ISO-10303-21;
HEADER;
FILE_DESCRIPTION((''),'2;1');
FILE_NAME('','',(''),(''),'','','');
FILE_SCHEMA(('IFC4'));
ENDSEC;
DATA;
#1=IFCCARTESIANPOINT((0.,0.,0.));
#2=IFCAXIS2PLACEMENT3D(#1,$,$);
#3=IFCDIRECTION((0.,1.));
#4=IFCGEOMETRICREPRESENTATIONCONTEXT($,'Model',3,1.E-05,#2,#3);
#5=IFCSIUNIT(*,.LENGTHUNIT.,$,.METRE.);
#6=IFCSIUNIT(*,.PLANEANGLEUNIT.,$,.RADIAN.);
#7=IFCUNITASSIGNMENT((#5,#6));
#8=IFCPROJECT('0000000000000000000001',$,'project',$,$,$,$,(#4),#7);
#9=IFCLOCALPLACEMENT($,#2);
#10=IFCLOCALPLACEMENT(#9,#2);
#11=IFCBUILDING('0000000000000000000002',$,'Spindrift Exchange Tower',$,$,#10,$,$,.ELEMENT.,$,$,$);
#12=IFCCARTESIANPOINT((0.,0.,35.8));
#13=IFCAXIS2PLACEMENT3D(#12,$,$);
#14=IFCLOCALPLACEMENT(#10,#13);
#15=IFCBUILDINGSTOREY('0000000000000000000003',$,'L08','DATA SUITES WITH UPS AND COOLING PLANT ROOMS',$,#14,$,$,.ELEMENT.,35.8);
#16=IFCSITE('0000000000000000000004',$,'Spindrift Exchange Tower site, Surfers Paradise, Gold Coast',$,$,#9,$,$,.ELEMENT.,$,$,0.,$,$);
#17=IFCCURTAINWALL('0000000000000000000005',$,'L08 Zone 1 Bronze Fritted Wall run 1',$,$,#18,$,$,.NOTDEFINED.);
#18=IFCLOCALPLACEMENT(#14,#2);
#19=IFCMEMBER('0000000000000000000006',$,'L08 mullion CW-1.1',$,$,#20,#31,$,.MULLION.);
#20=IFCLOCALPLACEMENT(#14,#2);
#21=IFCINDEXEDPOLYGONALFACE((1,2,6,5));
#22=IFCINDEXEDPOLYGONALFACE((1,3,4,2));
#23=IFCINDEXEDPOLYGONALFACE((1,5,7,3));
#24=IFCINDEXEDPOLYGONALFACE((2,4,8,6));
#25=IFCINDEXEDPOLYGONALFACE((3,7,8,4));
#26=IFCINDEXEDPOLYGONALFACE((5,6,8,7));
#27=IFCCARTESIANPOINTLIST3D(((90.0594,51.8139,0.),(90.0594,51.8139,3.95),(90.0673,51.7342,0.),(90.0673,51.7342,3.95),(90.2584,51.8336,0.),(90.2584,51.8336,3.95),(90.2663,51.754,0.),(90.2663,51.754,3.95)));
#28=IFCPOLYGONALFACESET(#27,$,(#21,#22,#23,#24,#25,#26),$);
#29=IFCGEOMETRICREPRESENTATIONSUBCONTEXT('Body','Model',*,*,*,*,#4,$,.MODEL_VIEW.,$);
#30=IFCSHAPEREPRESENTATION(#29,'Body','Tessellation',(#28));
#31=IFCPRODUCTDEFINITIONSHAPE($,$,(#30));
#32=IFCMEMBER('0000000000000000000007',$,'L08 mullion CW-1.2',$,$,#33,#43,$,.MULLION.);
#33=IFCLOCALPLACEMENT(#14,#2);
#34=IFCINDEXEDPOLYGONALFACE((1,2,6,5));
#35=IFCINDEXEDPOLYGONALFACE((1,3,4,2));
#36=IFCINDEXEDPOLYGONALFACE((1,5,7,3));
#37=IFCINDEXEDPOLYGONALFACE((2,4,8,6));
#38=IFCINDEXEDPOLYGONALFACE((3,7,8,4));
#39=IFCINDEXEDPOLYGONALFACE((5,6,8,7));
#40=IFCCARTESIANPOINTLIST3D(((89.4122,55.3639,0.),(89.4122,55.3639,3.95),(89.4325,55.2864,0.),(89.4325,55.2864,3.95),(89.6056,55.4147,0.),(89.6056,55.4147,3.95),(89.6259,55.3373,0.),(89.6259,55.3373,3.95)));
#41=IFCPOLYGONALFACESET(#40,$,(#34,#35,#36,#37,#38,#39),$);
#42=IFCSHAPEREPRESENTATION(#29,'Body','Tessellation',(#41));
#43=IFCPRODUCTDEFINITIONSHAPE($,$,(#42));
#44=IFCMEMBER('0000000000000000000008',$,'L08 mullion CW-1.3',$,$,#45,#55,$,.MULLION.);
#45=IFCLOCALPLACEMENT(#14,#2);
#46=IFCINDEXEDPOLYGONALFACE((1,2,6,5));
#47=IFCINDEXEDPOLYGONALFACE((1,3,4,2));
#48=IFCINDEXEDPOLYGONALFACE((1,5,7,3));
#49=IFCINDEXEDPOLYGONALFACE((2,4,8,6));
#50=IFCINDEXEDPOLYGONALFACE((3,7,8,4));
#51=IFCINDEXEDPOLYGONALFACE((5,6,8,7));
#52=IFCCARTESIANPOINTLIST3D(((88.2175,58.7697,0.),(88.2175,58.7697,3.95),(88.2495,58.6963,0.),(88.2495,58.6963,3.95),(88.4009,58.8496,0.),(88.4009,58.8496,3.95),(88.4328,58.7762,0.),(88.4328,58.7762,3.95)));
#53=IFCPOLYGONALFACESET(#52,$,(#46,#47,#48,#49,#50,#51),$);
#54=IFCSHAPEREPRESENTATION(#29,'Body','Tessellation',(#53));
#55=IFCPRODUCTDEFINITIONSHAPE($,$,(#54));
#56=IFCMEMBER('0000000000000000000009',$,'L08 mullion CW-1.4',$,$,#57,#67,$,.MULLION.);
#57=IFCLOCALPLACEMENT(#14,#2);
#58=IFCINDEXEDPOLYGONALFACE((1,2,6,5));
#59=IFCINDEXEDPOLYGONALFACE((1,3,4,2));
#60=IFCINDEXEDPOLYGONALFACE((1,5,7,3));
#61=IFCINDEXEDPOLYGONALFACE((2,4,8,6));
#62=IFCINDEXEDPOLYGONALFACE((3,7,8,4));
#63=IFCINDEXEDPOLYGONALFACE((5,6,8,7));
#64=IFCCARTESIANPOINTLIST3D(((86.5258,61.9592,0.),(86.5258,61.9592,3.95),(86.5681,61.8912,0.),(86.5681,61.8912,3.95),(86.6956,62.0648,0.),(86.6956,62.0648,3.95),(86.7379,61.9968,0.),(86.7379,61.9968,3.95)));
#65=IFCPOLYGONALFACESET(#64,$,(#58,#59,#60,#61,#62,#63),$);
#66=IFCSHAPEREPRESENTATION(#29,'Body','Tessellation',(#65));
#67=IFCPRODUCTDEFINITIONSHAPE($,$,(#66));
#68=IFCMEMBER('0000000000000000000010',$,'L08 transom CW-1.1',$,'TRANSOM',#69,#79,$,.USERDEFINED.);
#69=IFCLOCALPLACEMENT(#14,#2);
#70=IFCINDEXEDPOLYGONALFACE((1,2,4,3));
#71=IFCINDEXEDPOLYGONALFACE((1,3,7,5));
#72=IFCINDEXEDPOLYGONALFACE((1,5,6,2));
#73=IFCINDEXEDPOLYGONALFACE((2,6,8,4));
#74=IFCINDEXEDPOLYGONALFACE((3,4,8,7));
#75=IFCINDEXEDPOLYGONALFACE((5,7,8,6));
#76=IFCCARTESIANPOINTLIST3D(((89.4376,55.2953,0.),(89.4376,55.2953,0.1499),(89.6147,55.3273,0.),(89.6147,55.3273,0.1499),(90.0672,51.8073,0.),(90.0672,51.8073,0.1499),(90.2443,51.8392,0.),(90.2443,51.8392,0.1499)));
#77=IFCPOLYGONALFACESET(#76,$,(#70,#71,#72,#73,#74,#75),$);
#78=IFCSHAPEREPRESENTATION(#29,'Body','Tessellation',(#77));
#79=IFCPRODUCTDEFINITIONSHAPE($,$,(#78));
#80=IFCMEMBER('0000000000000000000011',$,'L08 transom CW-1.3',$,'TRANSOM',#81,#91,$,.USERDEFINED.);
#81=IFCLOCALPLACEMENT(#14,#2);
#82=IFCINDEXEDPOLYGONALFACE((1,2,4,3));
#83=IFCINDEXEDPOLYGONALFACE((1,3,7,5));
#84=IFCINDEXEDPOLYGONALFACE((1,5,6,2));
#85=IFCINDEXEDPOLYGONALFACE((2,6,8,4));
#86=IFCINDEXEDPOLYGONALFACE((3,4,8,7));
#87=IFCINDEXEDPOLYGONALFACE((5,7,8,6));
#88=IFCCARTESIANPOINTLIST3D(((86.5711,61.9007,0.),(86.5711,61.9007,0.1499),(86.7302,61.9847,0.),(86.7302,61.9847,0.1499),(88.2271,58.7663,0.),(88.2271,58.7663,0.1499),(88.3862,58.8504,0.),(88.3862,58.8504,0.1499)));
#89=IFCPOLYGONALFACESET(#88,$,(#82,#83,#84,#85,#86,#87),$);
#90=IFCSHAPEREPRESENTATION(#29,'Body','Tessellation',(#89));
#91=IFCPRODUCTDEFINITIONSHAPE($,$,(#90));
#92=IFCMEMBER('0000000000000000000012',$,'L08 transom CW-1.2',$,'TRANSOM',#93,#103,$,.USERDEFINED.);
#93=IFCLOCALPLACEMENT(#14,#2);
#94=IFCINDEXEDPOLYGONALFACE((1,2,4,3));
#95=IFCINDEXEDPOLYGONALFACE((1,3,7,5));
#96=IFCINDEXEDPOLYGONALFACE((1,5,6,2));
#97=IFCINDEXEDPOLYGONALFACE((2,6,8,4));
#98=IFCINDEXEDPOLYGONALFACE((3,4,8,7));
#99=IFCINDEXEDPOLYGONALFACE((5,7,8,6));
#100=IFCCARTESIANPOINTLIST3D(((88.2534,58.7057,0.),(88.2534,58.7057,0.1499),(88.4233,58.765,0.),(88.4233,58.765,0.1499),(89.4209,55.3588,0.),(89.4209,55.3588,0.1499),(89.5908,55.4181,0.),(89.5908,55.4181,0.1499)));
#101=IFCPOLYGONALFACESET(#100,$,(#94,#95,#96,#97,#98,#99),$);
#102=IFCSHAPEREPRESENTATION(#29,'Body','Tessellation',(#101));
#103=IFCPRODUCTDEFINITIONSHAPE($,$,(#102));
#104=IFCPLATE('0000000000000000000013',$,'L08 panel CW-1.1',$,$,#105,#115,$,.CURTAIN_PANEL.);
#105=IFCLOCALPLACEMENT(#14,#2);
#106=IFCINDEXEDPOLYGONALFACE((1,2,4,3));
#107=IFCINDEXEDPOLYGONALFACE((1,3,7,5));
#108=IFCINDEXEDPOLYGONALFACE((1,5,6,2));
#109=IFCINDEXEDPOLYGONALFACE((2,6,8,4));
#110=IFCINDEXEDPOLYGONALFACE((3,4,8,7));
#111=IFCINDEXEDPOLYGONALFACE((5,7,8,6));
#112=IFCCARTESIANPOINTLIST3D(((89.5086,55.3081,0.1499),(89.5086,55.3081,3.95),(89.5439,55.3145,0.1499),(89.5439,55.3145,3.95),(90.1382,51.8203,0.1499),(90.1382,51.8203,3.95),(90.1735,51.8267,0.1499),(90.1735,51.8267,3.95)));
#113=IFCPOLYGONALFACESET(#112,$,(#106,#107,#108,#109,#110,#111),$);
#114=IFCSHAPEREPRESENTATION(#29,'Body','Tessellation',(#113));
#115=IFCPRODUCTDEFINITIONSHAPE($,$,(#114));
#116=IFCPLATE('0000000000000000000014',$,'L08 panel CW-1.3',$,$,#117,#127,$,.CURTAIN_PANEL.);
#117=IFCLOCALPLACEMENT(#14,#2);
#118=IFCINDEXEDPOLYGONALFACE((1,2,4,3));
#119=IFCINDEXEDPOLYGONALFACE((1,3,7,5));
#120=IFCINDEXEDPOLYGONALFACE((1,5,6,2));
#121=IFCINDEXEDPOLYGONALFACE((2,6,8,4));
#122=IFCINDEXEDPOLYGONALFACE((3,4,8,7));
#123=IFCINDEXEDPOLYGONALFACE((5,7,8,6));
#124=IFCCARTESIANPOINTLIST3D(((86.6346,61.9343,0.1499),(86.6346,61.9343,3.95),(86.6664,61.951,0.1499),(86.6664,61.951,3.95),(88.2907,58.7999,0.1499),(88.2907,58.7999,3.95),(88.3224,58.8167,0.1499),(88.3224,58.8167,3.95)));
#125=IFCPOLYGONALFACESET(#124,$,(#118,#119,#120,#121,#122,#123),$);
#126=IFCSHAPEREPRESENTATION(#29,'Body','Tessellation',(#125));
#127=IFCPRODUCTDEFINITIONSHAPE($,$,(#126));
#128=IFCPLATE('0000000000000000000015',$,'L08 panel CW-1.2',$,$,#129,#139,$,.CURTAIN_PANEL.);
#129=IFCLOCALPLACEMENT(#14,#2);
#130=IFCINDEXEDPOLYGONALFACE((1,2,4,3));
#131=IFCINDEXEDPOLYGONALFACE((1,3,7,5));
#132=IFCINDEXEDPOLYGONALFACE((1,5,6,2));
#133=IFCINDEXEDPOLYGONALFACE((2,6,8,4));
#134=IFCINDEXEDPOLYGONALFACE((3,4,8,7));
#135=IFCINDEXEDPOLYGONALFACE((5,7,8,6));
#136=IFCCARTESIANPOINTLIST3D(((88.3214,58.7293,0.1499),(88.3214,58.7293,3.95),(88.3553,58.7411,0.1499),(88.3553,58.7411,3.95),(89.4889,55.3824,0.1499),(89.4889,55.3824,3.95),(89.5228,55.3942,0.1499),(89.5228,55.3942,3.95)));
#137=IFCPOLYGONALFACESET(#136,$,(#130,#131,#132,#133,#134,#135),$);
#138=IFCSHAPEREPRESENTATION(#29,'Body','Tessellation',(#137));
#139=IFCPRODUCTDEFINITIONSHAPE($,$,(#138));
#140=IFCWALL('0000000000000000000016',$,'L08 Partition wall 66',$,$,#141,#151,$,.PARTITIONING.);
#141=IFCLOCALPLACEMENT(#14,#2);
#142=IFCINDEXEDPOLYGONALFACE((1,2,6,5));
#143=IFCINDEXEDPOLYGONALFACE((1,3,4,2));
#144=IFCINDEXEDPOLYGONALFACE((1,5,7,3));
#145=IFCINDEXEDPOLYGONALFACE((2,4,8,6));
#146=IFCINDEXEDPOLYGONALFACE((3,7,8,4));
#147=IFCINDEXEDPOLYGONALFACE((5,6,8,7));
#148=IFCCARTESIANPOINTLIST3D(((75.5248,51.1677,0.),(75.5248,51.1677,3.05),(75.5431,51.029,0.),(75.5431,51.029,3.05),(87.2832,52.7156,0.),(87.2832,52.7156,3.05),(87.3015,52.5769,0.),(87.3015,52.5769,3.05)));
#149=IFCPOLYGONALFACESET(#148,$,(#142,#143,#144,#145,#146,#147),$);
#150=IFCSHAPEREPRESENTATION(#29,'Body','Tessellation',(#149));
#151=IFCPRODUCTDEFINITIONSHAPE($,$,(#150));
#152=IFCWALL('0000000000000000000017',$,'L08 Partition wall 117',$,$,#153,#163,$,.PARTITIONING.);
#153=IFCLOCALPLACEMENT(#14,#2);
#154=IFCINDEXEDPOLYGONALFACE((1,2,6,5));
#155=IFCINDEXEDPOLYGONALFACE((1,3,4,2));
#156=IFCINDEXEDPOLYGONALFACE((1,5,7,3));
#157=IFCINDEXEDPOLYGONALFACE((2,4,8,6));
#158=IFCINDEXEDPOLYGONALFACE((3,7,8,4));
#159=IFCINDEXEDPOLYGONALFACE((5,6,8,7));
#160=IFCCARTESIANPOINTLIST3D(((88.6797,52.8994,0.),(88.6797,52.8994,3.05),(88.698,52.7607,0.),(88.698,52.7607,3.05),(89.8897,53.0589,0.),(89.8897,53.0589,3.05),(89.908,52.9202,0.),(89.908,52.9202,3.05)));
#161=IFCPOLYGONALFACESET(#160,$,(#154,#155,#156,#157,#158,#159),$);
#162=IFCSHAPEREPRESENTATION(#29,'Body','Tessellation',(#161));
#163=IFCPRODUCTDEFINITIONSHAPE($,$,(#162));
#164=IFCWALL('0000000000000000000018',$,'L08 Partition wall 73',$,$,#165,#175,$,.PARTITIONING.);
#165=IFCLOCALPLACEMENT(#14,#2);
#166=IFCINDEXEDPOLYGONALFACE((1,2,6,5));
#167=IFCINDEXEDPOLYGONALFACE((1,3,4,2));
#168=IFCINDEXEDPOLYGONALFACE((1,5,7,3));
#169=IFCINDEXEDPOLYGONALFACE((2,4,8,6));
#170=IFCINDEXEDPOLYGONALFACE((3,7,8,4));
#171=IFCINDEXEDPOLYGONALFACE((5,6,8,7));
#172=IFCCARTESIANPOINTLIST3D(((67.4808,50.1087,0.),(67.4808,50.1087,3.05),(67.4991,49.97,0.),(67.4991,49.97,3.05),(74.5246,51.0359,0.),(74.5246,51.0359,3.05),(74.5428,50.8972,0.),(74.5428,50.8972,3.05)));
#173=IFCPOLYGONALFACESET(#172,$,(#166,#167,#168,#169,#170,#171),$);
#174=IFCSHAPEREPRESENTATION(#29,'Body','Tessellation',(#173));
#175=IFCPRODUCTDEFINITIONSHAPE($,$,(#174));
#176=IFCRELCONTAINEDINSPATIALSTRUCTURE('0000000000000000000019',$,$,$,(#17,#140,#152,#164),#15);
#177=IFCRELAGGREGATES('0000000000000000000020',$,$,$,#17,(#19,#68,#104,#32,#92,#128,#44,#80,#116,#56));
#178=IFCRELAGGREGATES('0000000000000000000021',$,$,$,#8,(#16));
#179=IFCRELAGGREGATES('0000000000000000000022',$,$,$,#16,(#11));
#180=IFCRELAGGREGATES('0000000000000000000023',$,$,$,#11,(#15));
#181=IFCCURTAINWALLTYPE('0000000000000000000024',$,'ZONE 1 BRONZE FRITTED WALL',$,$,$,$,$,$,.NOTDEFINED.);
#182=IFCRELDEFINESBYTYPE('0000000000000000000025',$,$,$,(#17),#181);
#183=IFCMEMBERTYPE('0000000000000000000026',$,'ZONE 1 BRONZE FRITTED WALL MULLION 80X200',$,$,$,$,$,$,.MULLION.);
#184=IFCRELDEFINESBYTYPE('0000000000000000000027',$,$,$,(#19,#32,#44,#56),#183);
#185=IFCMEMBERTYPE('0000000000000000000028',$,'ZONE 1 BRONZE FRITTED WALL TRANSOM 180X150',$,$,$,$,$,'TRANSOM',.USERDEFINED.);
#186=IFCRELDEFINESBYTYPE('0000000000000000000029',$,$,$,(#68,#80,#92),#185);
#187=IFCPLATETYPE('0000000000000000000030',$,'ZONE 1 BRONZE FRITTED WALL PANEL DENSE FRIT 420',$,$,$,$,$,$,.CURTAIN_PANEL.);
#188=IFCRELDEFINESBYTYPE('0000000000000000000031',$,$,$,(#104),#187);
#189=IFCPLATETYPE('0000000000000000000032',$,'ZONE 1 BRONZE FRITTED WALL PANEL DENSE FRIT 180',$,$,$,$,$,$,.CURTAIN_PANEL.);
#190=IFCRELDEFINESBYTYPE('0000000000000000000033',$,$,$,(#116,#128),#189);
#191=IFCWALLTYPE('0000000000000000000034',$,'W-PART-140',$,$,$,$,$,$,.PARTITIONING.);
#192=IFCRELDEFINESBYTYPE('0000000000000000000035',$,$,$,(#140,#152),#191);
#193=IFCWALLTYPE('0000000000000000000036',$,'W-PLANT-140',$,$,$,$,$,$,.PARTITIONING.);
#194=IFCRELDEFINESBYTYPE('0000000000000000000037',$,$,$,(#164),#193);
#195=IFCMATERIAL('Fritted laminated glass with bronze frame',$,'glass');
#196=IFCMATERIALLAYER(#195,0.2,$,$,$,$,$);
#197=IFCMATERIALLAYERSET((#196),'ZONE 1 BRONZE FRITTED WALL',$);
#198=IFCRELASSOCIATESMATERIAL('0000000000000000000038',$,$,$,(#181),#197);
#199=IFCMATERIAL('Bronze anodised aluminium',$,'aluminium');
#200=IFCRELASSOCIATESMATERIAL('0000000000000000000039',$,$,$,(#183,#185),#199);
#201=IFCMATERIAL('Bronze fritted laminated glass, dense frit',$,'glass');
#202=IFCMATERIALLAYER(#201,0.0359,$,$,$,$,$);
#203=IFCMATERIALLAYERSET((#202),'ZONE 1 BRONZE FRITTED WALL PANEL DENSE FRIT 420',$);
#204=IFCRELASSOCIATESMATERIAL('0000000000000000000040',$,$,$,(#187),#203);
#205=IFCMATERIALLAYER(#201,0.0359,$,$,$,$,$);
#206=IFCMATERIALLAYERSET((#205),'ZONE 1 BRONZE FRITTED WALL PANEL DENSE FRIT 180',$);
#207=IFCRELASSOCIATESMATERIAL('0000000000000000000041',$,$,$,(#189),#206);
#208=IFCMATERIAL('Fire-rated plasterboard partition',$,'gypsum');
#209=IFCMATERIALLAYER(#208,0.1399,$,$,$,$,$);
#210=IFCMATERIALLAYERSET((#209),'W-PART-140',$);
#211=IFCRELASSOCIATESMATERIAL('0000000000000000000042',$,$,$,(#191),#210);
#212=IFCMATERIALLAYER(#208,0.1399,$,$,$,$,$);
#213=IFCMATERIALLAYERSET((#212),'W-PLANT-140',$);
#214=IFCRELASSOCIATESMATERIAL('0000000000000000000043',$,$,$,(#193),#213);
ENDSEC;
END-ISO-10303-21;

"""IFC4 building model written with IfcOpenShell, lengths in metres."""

from ifc_helpers import new_model, si_unit, direction, frame, frame_2d, origin, origin_2d, place, context, subcontext, project, spatial, rectangle, extrude, source, transform, mapped, material, layer, layer_set, material_profile, profile_set, type_object, element, aggregate, save


model = new_model("IFC4")

# Units and contexts
model_context = context("Model", 3, precision=1e-05, world=origin(), true_north=direction((0.0, 1.0)))
body_context = subcontext(model_context, "Body", "Model", "MODEL_VIEW")
ifc_project = project(units=[si_unit("LENGTHUNIT", "METRE"), si_unit("PLANEANGLEUNIT", "RADIAN")], contexts=[model_context])

# Site, building, storey
site_placement = place(None, origin())
site = spatial("IfcSite", under=ifc_project, at=site_placement, Name="Spindrift Exchange Tower site, Surfers Paradise, Gold Coast", CompositionType="ELEMENT", RefElevation=0.0)
building_placement = place(site_placement, origin())
building = spatial("IfcBuilding", under=site, at=building_placement, Name="Spindrift Exchange Tower", CompositionType="ELEMENT")
storey_placement = place(building_placement, frame((0.0, 0.0, 35.8)))
storey = spatial("IfcBuildingStorey", under=building, at=storey_placement, Name="L08", Description="DATA SUITES WITH UPS AND COOLING PLANT ROOMS", CompositionType="ELEMENT", Elevation=35.8)

# Curtain wall, members, plates
ifc_material_1 = material(Name="Fritted laminated glass with bronze frame", Category="glass")
ifc_layer_1 = layer(ifc_material_1, 0.2)
ifc_layer_set_1 = layer_set([ifc_layer_1], Name="ZONE 1 BRONZE FRITTED WALL")
curtain_wall_type = type_object("IfcCurtainWallType", Name="ZONE 1 BRONZE FRITTED WALL", PredefinedType="NOTDEFINED", material=ifc_layer_set_1)
curtain_wall_placement = place(storey_placement, origin())
curtain_wall = element("IfcCurtainWall", 1, at=curtain_wall_placement, inside=storey, type_object=curtain_wall_type, Name="L08 Zone 1 Bronze Fritted Wall run 1", PredefinedType="NOTDEFINED")
ifc_material_2 = material(Name="Bronze anodised aluminium", Category="aluminium")
ifc_material_profile_1 = material_profile(ifc_material_2, rectangle(XDim=0.0801, YDim=0.2, at=origin_2d()), Name="ZONE 1 BRONZE FRITTED WALL MULLION 80X200")
ifc_profile_set_1 = profile_set([ifc_material_profile_1], Name="Bronze anodised aluminium")
member_type_1 = type_object("IfcMemberType", Name="ZONE 1 BRONZE FRITTED WALL MULLION 80X200", PredefinedType="MULLION", material=ifc_profile_set_1)
shared_shape_1 = source(origin(), body_context, "Body", "SweptSolid", [
    extrude(rectangle(XDim=0.0801, YDim=0.2, at=origin_2d()), origin(), (0.0, 0.0, 1.0), 3.95),
])
member_1_placement = place(storey_placement, frame((90.1628, 51.7839, 0.0), z_axis=(0.0, 0.0, 1.0), x_axis=(-0.098676, 0.99512, 0.0)))
member_1 = element("IfcMember", 2, at=member_1_placement, type_object=member_type_1, Name="L08 mullion CW-1.1", PredefinedType="MULLION", context=body_context, shape_type="MappedRepresentation", body=[
    mapped(shared_shape_1, transform((0.0, 0.0, 0.0), scale=1.0)),
])
member_2_placement = place(storey_placement, frame((89.519, 55.3506, 0.0), z_axis=(0.0, 0.0, 1.0), x_axis=(-0.254278, 0.967131, 0.0)))
member_2 = element("IfcMember", 3, at=member_2_placement, type_object=member_type_1, Name="L08 mullion CW-1.2", PredefinedType="MULLION", context=body_context, shape_type="MappedRepresentation", body=[
    mapped(shared_shape_1, transform((0.0, 0.0, 0.0), scale=1.0)),
])
member_3_placement = place(storey_placement, frame((88.3252, 58.7729, 0.0), z_axis=(0.0, 0.0, 1.0), x_axis=(-0.399384, 0.916784, 0.0)))
member_3 = element("IfcMember", 4, at=member_3_placement, type_object=member_type_1, Name="L08 mullion CW-1.3", PredefinedType="MULLION", context=body_context, shape_type="MappedRepresentation", body=[
    mapped(shared_shape_1, transform((0.0, 0.0, 0.0), scale=1.0)),
])
member_4_placement = place(storey_placement, frame((86.6318, 61.978, 0.0), z_axis=(0.0, 0.0, 1.0), x_axis=(-0.528241, 0.849094, 0.0)))
member_4 = element("IfcMember", 5, at=member_4_placement, type_object=member_type_1, Name="L08 mullion CW-1.4", PredefinedType="MULLION", context=body_context, shape_type="MappedRepresentation", body=[
    mapped(shared_shape_1, transform((0.0, 0.0, 0.0), scale=1.0)),
])
ifc_material_profile_2 = material_profile(ifc_material_2, rectangle(XDim=0.1799, YDim=0.1499, at=origin_2d()), Name="ZONE 1 BRONZE FRITTED WALL TRANSOM 180X150")
ifc_profile_set_2 = profile_set([ifc_material_profile_2], Name="Bronze anodised aluminium")
member_type_2 = type_object("IfcMemberType", Name="ZONE 1 BRONZE FRITTED WALL TRANSOM 180X150", ElementType="TRANSOM", PredefinedType="USERDEFINED", material=ifc_profile_set_2)
shared_shape_2 = source(origin(), body_context, "Body", "SweptSolid", [
    extrude(rectangle(XDim=0.1799, YDim=0.1499, at=origin_2d()), origin(), (0.0, 0.0, 1.0), 3.5444),
])
member_5_placement = place(storey_placement, frame((90.1558, 51.8232, 0.075), z_axis=(-0.177643, 0.984095, 0.0), x_axis=(-0.984095, -0.177643, 0.0)))
member_5 = element("IfcMember", 6, at=member_5_placement, type_object=member_type_2, Name="L08 transom CW-1.1", ObjectType="TRANSOM", PredefinedType="USERDEFINED", context=body_context, shape_type="MappedRepresentation", body=[
    mapped(shared_shape_2, transform((0.0, 0.0, 0.0), scale=1.0)),
])
shared_shape_3 = source(origin(), body_context, "Body", "SweptSolid", [
    extrude(rectangle(XDim=0.1799, YDim=0.1499, at=origin_2d()), origin(), (0.0, 0.0, 1.0), 3.5449),
])
member_6_placement = place(storey_placement, frame((88.3066, 58.8083, 0.075), z_axis=(-0.467157, 0.884175, 0.0), x_axis=(-0.884175, -0.467157, 0.0)))
member_6 = element("IfcMember", 7, at=member_6_placement, type_object=member_type_2, Name="L08 transom CW-1.3", ObjectType="TRANSOM", PredefinedType="USERDEFINED", context=body_context, shape_type="MappedRepresentation", body=[
    mapped(shared_shape_3, transform((0.0, 0.0, 0.0), scale=1.0)),
])
shared_shape_4 = source(origin(), body_context, "Body", "SweptSolid", [
    extrude(rectangle(XDim=0.1799, YDim=0.1499, at=origin_2d()), origin(), (0.0, 0.0, 1.0), 3.5447),
])
member_7_placement = place(storey_placement, frame((89.5059, 55.3884, 0.075), z_axis=(-0.329359, 0.944205, 0.0), x_axis=(-0.944205, -0.329359, 0.0)))
member_7 = element("IfcMember", 8, at=member_7_placement, type_object=member_type_2, Name="L08 transom CW-1.2", ObjectType="TRANSOM", PredefinedType="USERDEFINED", context=body_context, shape_type="MappedRepresentation", body=[
    mapped(shared_shape_4, transform((0.0, 0.0, 0.0), scale=1.0)),
])
ifc_material_3 = material(Name="Bronze fritted laminated glass, dense frit", Category="glass")
ifc_layer_2 = layer(ifc_material_3, 0.0359)
ifc_layer_set_2 = layer_set([ifc_layer_2], Name="ZONE 1 BRONZE FRITTED WALL PANEL DENSE FRIT 420")
plate_type_1 = type_object("IfcPlateType", Name="ZONE 1 BRONZE FRITTED WALL PANEL DENSE FRIT 420", PredefinedType="CURTAIN_PANEL", material=ifc_layer_set_2)
shared_shape_5 = source(origin(), body_context, "Body", "SweptSolid", [
    extrude(rectangle(XDim=3.5442, YDim=0.0359, at=origin_2d()), origin(), (0.0, 0.0, 1.0), 3.8),
])
plate_1_placement = place(storey_placement, frame((89.8411, 53.5674, 0.1499), z_axis=(0.0, 0.0, 1.0), x_axis=(-0.177633, 0.984097, 0.0)))
plate_1 = element("IfcPlate", 9, at=plate_1_placement, type_object=plate_type_1, Name="L08 panel CW-1.1", PredefinedType="CURTAIN_PANEL", context=body_context, shape_type="MappedRepresentation", body=[
    mapped(shared_shape_5, transform((0.0, 0.0, 0.0), scale=1.0)),
])
ifc_layer_3 = layer(ifc_material_3, 0.0359)
ifc_layer_set_3 = layer_set([ifc_layer_3], Name="ZONE 1 BRONZE FRITTED WALL PANEL DENSE FRIT 180")
plate_type_2 = type_object("IfcPlateType", Name="ZONE 1 BRONZE FRITTED WALL PANEL DENSE FRIT 180", PredefinedType="CURTAIN_PANEL", material=ifc_layer_set_3)
shared_shape_6 = source(origin(), body_context, "Body", "SweptSolid", [
    extrude(rectangle(XDim=3.5449, YDim=0.0359, at=origin_2d()), origin(), (0.0, 0.0, 1.0), 3.8),
])
plate_2_placement = place(storey_placement, frame((87.4785, 60.3755, 0.1499), z_axis=(0.0, 0.0, 1.0), x_axis=(-0.467151, 0.884178, 0.0)))
plate_2 = element("IfcPlate", 10, at=plate_2_placement, type_object=plate_type_2, Name="L08 panel CW-1.3", PredefinedType="CURTAIN_PANEL", context=body_context, shape_type="MappedRepresentation", body=[
    mapped(shared_shape_6, transform((0.0, 0.0, 0.0), scale=1.0)),
])
shared_shape_7 = source(origin(), body_context, "Body", "SweptSolid", [
    extrude(rectangle(XDim=3.5447, YDim=0.0359, at=origin_2d()), origin(), (0.0, 0.0, 1.0), 3.8),
])
plate_3_placement = place(storey_placement, frame((88.9221, 57.0618, 0.1499), z_axis=(0.0, 0.0, 1.0), x_axis=(-0.329358, 0.944205, 0.0)))
plate_3 = element("IfcPlate", 11, at=plate_3_placement, type_object=plate_type_2, Name="L08 panel CW-1.2", PredefinedType="CURTAIN_PANEL", context=body_context, shape_type="MappedRepresentation", body=[
    mapped(shared_shape_7, transform((0.0, 0.0, 0.0), scale=1.0)),
])
aggregate(curtain_wall, [member_1, member_5, plate_1, member_2, member_7, plate_3, member_3, member_6, plate_2, member_4])

# Walls
ifc_material_4 = material(Name="Fire-rated plasterboard partition", Category="gypsum")
ifc_layer_4 = layer(ifc_material_4, 0.1399)
ifc_layer_set_4 = layer_set([ifc_layer_4], Name="W-PART-140")
wall_type_1 = type_object("IfcWallType", Name="W-PART-140", PredefinedType="PARTITIONING", material=ifc_layer_set_4)
wall_1_placement = place(storey_placement, frame((75.5339, 51.0984, 0.0), z_axis=(0.0, 0.0, 1.0), x_axis=(0.991447, 0.130513, 0.0)))
element("IfcWall", 12, at=wall_1_placement, inside=storey, type_object=wall_type_1, Name="L08 Partition wall 66", PredefinedType="PARTITIONING", context=body_context, shape_type="SweptSolid", body=[
    extrude(rectangle(XDim=11.8599, YDim=0.1399, at=frame_2d((5.9299, 0.0))), origin(), (0.0, 0.0, 1.0), 3.05),
])
wall_2_placement = place(storey_placement, frame((88.6887, 52.8301, 0.0), z_axis=(0.0, 0.0, 1.0), x_axis=(0.991431, 0.13063, 0.0)))
element("IfcWall", 13, at=wall_2_placement, inside=storey, type_object=wall_type_1, Name="L08 Partition wall 117", PredefinedType="PARTITIONING", context=body_context, shape_type="SweptSolid", body=[
    extrude(rectangle(XDim=1.2205, YDim=0.1399, at=frame_2d((0.6104, 0.0))), origin(), (0.0, 0.0, 1.0), 3.05),
])
ifc_layer_5 = layer(ifc_material_4, 0.1399)
ifc_layer_set_5 = layer_set([ifc_layer_5], Name="W-PLANT-140")
wall_type_2 = type_object("IfcWallType", Name="W-PLANT-140", PredefinedType="PARTITIONING", material=ifc_layer_set_5)
wall_3_placement = place(storey_placement, frame((74.5337, 50.9666, 0.0), z_axis=(0.0, 0.0, 1.0), x_axis=(-0.991446, -0.130516, 0.0)))
element("IfcWall", 14, at=wall_3_placement, inside=storey, type_object=wall_type_2, Name="L08 Partition wall 73", PredefinedType="PARTITIONING", context=body_context, shape_type="SweptSolid", body=[
    extrude(rectangle(XDim=7.1045, YDim=0.1399, at=frame_2d((3.5522, 0.0))), origin(), (0.0, 0.0, 1.0), 3.05),
])

save(model, "model.ifc")
